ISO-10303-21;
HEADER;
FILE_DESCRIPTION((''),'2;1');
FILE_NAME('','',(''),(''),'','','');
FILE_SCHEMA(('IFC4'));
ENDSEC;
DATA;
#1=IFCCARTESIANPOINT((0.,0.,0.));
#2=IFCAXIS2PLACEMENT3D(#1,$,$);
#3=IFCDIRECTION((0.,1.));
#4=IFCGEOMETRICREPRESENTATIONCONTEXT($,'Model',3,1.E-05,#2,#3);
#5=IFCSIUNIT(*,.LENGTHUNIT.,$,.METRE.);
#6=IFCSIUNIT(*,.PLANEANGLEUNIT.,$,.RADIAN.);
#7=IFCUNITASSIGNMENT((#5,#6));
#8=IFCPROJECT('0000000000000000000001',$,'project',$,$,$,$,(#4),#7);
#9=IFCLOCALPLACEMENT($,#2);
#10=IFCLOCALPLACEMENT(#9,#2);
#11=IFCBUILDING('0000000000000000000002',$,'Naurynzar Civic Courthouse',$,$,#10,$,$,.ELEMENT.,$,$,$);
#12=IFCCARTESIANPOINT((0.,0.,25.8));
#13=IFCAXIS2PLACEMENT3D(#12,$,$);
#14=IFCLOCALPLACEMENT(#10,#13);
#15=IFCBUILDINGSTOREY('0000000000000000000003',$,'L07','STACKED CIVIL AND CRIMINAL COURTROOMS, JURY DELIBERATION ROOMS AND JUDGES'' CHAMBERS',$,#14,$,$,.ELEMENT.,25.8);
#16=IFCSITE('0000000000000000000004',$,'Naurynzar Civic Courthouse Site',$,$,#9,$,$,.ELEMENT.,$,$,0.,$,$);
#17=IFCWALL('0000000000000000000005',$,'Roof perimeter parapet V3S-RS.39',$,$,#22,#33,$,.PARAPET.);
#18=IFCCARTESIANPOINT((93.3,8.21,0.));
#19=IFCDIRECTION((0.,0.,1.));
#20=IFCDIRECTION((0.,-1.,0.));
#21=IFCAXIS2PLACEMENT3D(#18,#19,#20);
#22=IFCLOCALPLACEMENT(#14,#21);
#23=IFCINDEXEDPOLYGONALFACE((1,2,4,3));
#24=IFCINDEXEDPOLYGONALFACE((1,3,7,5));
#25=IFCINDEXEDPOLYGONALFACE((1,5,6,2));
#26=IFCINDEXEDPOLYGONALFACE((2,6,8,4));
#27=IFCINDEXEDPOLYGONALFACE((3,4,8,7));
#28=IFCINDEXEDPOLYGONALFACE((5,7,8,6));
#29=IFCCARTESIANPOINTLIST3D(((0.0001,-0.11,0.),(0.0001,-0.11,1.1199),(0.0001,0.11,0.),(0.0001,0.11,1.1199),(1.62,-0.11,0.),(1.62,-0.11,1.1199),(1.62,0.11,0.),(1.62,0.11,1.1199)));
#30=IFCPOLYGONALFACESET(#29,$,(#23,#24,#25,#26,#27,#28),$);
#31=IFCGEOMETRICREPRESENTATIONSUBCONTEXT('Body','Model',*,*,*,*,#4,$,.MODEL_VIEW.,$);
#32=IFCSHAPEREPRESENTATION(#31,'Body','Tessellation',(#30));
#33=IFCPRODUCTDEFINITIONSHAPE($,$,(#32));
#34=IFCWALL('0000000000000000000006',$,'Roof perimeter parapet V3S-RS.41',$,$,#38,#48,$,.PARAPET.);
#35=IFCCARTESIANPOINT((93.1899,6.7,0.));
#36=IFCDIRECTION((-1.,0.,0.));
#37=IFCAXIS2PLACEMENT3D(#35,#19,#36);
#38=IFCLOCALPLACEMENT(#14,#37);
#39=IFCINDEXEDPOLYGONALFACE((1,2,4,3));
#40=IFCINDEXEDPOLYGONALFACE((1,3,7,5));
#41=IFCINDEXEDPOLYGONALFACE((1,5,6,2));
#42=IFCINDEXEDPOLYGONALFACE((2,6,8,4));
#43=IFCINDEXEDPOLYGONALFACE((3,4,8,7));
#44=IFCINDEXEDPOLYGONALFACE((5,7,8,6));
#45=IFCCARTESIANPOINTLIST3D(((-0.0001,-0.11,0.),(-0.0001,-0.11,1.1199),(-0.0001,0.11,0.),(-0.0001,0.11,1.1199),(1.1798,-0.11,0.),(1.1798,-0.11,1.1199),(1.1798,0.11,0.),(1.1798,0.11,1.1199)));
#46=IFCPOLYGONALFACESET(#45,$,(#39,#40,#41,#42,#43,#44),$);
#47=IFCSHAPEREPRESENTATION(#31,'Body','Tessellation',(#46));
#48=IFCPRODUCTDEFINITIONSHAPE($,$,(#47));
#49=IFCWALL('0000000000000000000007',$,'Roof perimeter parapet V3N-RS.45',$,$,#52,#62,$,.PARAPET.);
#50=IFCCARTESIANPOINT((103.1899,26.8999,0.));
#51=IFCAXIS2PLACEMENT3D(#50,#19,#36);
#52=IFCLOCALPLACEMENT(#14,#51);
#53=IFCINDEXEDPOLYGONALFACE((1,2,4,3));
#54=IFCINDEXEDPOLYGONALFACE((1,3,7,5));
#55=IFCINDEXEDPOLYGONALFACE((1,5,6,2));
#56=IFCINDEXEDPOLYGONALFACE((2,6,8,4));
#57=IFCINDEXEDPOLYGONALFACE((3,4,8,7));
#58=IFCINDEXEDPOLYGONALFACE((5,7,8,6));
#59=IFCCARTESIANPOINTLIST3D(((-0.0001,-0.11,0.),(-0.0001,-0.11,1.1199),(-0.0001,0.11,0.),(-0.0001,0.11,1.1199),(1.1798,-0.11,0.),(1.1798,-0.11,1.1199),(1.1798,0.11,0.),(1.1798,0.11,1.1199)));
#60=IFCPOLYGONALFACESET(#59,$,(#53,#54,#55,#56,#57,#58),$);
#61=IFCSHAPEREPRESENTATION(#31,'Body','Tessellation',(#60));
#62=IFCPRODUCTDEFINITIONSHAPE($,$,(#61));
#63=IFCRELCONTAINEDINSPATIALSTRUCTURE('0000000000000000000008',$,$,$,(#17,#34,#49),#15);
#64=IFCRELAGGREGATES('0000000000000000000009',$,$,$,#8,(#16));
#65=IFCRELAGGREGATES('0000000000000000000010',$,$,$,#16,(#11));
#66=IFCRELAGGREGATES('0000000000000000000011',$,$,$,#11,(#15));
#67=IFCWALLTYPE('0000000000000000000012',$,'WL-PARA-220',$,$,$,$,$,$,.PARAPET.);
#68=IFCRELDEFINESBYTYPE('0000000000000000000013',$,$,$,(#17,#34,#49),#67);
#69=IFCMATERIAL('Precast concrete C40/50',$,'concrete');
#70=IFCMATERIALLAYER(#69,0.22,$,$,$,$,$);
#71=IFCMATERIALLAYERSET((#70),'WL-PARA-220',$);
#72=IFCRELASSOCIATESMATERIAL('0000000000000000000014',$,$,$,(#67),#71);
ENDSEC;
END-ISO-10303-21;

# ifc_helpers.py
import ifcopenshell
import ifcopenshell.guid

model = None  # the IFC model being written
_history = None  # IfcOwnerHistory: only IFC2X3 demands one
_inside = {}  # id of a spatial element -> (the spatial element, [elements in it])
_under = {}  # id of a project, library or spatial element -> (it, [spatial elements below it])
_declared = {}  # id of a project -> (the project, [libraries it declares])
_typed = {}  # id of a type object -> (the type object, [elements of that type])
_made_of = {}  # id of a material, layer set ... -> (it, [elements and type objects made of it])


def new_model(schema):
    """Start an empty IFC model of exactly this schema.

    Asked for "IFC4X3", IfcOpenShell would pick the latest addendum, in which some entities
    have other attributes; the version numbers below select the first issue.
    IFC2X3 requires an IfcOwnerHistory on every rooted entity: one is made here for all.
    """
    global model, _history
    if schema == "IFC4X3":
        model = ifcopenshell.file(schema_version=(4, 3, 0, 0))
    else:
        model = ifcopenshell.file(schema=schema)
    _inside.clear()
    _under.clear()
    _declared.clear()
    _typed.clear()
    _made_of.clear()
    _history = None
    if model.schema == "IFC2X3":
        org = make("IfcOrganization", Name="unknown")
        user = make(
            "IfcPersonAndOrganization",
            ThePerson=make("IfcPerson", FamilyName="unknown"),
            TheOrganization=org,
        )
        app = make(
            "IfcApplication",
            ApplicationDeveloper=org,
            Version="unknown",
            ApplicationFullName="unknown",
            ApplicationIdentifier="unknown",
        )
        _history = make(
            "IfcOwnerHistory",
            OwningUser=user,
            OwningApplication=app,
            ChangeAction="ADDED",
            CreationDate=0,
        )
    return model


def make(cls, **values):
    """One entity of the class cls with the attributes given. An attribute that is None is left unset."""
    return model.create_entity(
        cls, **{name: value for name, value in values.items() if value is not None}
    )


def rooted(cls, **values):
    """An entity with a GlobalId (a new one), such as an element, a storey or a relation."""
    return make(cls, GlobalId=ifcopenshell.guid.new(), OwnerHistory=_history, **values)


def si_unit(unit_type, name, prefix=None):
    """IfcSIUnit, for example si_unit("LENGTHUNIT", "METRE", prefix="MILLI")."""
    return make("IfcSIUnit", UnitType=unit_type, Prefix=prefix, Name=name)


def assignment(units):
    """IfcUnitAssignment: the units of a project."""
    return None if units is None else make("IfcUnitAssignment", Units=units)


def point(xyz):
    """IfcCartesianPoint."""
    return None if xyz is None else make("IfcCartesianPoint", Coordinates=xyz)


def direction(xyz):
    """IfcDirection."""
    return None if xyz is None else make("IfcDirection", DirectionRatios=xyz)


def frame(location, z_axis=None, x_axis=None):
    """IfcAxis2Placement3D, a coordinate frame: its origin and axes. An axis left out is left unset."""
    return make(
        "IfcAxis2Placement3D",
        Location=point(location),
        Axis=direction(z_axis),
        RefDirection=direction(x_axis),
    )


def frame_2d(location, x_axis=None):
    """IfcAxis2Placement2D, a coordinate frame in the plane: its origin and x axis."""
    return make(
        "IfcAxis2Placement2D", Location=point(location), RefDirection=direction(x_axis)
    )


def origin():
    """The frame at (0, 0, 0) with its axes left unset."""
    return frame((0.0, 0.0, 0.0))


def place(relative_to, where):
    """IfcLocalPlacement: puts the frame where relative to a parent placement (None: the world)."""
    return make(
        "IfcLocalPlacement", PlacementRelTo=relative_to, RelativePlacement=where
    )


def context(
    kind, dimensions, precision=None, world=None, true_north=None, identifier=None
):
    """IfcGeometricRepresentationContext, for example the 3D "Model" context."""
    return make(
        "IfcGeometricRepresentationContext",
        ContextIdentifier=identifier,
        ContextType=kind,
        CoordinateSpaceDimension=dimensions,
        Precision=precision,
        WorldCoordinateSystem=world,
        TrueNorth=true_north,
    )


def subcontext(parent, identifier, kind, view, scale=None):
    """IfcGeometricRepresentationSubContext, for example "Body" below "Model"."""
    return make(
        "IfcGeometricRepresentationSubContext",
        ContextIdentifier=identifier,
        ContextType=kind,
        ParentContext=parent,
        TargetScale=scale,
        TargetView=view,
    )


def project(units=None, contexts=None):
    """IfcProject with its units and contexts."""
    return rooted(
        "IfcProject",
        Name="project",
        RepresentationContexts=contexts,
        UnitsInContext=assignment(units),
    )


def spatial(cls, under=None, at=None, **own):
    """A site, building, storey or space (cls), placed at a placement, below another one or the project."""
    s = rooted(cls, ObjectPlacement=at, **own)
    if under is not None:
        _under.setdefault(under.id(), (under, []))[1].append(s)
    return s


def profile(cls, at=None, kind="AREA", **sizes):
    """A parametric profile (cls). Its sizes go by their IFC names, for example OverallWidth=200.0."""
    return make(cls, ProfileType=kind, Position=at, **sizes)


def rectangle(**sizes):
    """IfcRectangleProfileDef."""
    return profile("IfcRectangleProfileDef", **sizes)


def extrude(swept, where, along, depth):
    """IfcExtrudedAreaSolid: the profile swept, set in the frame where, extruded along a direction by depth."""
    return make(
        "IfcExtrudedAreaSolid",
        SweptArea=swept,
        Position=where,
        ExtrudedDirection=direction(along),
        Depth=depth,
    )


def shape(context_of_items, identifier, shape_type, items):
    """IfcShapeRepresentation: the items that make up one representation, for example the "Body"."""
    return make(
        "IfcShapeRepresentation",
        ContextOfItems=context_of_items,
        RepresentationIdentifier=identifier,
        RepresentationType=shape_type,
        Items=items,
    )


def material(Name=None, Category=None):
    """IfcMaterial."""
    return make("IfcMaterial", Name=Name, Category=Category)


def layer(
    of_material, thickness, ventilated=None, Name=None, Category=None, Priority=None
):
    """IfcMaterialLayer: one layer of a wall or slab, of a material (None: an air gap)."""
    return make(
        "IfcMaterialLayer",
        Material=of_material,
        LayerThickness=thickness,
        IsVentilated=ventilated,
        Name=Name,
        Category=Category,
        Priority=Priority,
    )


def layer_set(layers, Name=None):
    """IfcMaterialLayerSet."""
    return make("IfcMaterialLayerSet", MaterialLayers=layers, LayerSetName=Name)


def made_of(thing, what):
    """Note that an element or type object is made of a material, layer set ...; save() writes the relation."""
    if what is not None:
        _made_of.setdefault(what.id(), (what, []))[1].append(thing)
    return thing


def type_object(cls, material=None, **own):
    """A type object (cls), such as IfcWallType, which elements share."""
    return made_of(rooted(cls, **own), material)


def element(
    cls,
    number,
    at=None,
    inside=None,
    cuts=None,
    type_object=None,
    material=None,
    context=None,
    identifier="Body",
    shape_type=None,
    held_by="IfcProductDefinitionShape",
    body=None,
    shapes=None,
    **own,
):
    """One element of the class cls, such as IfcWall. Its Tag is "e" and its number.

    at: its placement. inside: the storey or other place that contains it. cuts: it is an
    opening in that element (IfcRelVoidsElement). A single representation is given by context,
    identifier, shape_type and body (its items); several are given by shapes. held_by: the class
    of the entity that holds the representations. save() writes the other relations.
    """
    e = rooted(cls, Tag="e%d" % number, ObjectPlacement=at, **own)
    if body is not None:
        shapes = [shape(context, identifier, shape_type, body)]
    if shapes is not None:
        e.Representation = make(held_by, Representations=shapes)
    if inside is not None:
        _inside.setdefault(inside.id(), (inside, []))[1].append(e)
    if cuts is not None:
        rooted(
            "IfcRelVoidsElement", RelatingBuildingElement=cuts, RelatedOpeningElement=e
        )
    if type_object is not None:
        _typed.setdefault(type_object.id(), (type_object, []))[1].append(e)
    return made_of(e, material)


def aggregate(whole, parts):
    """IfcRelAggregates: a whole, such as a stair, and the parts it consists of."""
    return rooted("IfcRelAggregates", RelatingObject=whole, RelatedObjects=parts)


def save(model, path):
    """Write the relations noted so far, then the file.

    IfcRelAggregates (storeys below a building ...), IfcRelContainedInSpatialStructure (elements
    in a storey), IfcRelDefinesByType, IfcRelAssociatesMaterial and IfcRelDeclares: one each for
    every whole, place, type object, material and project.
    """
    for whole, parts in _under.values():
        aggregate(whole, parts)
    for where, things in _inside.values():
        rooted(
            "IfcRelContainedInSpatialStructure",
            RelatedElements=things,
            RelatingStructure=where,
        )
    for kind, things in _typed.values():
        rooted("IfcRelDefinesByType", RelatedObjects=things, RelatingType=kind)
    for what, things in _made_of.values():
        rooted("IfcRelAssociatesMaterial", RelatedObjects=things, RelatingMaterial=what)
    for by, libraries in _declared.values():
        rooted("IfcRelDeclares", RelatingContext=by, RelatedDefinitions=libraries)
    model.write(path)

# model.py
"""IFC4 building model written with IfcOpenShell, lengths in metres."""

from ifc_helpers import new_model, si_unit, direction, frame, frame_2d, origin, place, context, subcontext, project, spatial, rectangle, extrude, material, layer, layer_set, type_object, element, save


model = new_model("IFC4")

# Units and contexts
model_context = context("Model", 3, precision=1e-05, world=origin(), true_north=direction((0.0, 1.0)))
body_context = subcontext(model_context, "Body", "Model", "MODEL_VIEW")
ifc_project = project(units=[si_unit("LENGTHUNIT", "METRE"), si_unit("PLANEANGLEUNIT", "RADIAN")], contexts=[model_context])

# Site, building, storey
site_placement = place(None, origin())
site = spatial("IfcSite", under=ifc_project, at=site_placement, Name="Naurynzar Civic Courthouse Site", CompositionType="ELEMENT", RefElevation=0.0)
building_placement = place(site_placement, origin())
building = spatial("IfcBuilding", under=site, at=building_placement, Name="Naurynzar Civic Courthouse", CompositionType="ELEMENT")
storey_placement = place(building_placement, frame((0.0, 0.0, 25.8)))
storey = spatial("IfcBuildingStorey", under=building, at=storey_placement, Name="L07", Description="STACKED CIVIL AND CRIMINAL COURTROOMS, JURY DELIBERATION ROOMS AND JUDGES' CHAMBERS", CompositionType="ELEMENT", Elevation=25.8)

# Walls
ifc_material_1 = material(Name="Precast concrete C40/50", Category="concrete")
ifc_layer_1 = layer(ifc_material_1, 0.22)
ifc_layer_set_1 = layer_set([ifc_layer_1], Name="WL-PARA-220")
wall_type_1 = type_object("IfcWallType", Name="WL-PARA-220", PredefinedType="PARAPET", material=ifc_layer_set_1)
for number, where, z_axis, x_axis, name in (
    (1, (93.3, 8.21, 0.0), (0.0, 0.0, 1.0), (0.0, -1.0, 0.0), "Roof perimeter parapet V3S-RS.39"),
):
    element("IfcWall", number, at=place(storey_placement, frame(where, z_axis=z_axis, x_axis=x_axis)), inside=storey, type_object=wall_type_1, Name=name, PredefinedType="PARAPET", context=body_context, shape_type="SweptSolid", body=[
        extrude(rectangle(XDim=1.6199, YDim=0.22, at=frame_2d((0.8101, 0.0))), origin(), (0.0, 0.0, 1.0), 1.1199),
    ])
for number, where, z_axis, x_axis, name in (
    (2, (93.1899, 6.7, 0.0), (0.0, 0.0, 1.0), (-1.0, 0.0, 0.0), "Roof perimeter parapet V3S-RS.41"),
):
    element("IfcWall", number, at=place(storey_placement, frame(where, z_axis=z_axis, x_axis=x_axis)), inside=storey, type_object=wall_type_1, Name=name, PredefinedType="PARAPET", context=body_context, shape_type="SweptSolid", body=[
        extrude(rectangle(XDim=1.1799, YDim=0.22, at=frame_2d((0.5898, 0.0))), origin(), (0.0, 0.0, 1.0), 1.1199),
    ])
for number, where, z_axis, x_axis, name in (
    (3, (103.1899, 26.8999, 0.0), (0.0, 0.0, 1.0), (-1.0, 0.0, 0.0), "Roof perimeter parapet V3N-RS.45"),
):
    element("IfcWall", number, at=place(storey_placement, frame(where, z_axis=z_axis, x_axis=x_axis)), inside=storey, type_object=wall_type_1, Name=name, PredefinedType="PARAPET", context=body_context, shape_type="SweptSolid", body=[
        extrude(rectangle(XDim=1.1799, YDim=0.22, at=frame_2d((0.5898, 0.0))), origin(), (0.0, 0.0, 1.0), 1.1199),
    ])

save(model, "model.ifc")
